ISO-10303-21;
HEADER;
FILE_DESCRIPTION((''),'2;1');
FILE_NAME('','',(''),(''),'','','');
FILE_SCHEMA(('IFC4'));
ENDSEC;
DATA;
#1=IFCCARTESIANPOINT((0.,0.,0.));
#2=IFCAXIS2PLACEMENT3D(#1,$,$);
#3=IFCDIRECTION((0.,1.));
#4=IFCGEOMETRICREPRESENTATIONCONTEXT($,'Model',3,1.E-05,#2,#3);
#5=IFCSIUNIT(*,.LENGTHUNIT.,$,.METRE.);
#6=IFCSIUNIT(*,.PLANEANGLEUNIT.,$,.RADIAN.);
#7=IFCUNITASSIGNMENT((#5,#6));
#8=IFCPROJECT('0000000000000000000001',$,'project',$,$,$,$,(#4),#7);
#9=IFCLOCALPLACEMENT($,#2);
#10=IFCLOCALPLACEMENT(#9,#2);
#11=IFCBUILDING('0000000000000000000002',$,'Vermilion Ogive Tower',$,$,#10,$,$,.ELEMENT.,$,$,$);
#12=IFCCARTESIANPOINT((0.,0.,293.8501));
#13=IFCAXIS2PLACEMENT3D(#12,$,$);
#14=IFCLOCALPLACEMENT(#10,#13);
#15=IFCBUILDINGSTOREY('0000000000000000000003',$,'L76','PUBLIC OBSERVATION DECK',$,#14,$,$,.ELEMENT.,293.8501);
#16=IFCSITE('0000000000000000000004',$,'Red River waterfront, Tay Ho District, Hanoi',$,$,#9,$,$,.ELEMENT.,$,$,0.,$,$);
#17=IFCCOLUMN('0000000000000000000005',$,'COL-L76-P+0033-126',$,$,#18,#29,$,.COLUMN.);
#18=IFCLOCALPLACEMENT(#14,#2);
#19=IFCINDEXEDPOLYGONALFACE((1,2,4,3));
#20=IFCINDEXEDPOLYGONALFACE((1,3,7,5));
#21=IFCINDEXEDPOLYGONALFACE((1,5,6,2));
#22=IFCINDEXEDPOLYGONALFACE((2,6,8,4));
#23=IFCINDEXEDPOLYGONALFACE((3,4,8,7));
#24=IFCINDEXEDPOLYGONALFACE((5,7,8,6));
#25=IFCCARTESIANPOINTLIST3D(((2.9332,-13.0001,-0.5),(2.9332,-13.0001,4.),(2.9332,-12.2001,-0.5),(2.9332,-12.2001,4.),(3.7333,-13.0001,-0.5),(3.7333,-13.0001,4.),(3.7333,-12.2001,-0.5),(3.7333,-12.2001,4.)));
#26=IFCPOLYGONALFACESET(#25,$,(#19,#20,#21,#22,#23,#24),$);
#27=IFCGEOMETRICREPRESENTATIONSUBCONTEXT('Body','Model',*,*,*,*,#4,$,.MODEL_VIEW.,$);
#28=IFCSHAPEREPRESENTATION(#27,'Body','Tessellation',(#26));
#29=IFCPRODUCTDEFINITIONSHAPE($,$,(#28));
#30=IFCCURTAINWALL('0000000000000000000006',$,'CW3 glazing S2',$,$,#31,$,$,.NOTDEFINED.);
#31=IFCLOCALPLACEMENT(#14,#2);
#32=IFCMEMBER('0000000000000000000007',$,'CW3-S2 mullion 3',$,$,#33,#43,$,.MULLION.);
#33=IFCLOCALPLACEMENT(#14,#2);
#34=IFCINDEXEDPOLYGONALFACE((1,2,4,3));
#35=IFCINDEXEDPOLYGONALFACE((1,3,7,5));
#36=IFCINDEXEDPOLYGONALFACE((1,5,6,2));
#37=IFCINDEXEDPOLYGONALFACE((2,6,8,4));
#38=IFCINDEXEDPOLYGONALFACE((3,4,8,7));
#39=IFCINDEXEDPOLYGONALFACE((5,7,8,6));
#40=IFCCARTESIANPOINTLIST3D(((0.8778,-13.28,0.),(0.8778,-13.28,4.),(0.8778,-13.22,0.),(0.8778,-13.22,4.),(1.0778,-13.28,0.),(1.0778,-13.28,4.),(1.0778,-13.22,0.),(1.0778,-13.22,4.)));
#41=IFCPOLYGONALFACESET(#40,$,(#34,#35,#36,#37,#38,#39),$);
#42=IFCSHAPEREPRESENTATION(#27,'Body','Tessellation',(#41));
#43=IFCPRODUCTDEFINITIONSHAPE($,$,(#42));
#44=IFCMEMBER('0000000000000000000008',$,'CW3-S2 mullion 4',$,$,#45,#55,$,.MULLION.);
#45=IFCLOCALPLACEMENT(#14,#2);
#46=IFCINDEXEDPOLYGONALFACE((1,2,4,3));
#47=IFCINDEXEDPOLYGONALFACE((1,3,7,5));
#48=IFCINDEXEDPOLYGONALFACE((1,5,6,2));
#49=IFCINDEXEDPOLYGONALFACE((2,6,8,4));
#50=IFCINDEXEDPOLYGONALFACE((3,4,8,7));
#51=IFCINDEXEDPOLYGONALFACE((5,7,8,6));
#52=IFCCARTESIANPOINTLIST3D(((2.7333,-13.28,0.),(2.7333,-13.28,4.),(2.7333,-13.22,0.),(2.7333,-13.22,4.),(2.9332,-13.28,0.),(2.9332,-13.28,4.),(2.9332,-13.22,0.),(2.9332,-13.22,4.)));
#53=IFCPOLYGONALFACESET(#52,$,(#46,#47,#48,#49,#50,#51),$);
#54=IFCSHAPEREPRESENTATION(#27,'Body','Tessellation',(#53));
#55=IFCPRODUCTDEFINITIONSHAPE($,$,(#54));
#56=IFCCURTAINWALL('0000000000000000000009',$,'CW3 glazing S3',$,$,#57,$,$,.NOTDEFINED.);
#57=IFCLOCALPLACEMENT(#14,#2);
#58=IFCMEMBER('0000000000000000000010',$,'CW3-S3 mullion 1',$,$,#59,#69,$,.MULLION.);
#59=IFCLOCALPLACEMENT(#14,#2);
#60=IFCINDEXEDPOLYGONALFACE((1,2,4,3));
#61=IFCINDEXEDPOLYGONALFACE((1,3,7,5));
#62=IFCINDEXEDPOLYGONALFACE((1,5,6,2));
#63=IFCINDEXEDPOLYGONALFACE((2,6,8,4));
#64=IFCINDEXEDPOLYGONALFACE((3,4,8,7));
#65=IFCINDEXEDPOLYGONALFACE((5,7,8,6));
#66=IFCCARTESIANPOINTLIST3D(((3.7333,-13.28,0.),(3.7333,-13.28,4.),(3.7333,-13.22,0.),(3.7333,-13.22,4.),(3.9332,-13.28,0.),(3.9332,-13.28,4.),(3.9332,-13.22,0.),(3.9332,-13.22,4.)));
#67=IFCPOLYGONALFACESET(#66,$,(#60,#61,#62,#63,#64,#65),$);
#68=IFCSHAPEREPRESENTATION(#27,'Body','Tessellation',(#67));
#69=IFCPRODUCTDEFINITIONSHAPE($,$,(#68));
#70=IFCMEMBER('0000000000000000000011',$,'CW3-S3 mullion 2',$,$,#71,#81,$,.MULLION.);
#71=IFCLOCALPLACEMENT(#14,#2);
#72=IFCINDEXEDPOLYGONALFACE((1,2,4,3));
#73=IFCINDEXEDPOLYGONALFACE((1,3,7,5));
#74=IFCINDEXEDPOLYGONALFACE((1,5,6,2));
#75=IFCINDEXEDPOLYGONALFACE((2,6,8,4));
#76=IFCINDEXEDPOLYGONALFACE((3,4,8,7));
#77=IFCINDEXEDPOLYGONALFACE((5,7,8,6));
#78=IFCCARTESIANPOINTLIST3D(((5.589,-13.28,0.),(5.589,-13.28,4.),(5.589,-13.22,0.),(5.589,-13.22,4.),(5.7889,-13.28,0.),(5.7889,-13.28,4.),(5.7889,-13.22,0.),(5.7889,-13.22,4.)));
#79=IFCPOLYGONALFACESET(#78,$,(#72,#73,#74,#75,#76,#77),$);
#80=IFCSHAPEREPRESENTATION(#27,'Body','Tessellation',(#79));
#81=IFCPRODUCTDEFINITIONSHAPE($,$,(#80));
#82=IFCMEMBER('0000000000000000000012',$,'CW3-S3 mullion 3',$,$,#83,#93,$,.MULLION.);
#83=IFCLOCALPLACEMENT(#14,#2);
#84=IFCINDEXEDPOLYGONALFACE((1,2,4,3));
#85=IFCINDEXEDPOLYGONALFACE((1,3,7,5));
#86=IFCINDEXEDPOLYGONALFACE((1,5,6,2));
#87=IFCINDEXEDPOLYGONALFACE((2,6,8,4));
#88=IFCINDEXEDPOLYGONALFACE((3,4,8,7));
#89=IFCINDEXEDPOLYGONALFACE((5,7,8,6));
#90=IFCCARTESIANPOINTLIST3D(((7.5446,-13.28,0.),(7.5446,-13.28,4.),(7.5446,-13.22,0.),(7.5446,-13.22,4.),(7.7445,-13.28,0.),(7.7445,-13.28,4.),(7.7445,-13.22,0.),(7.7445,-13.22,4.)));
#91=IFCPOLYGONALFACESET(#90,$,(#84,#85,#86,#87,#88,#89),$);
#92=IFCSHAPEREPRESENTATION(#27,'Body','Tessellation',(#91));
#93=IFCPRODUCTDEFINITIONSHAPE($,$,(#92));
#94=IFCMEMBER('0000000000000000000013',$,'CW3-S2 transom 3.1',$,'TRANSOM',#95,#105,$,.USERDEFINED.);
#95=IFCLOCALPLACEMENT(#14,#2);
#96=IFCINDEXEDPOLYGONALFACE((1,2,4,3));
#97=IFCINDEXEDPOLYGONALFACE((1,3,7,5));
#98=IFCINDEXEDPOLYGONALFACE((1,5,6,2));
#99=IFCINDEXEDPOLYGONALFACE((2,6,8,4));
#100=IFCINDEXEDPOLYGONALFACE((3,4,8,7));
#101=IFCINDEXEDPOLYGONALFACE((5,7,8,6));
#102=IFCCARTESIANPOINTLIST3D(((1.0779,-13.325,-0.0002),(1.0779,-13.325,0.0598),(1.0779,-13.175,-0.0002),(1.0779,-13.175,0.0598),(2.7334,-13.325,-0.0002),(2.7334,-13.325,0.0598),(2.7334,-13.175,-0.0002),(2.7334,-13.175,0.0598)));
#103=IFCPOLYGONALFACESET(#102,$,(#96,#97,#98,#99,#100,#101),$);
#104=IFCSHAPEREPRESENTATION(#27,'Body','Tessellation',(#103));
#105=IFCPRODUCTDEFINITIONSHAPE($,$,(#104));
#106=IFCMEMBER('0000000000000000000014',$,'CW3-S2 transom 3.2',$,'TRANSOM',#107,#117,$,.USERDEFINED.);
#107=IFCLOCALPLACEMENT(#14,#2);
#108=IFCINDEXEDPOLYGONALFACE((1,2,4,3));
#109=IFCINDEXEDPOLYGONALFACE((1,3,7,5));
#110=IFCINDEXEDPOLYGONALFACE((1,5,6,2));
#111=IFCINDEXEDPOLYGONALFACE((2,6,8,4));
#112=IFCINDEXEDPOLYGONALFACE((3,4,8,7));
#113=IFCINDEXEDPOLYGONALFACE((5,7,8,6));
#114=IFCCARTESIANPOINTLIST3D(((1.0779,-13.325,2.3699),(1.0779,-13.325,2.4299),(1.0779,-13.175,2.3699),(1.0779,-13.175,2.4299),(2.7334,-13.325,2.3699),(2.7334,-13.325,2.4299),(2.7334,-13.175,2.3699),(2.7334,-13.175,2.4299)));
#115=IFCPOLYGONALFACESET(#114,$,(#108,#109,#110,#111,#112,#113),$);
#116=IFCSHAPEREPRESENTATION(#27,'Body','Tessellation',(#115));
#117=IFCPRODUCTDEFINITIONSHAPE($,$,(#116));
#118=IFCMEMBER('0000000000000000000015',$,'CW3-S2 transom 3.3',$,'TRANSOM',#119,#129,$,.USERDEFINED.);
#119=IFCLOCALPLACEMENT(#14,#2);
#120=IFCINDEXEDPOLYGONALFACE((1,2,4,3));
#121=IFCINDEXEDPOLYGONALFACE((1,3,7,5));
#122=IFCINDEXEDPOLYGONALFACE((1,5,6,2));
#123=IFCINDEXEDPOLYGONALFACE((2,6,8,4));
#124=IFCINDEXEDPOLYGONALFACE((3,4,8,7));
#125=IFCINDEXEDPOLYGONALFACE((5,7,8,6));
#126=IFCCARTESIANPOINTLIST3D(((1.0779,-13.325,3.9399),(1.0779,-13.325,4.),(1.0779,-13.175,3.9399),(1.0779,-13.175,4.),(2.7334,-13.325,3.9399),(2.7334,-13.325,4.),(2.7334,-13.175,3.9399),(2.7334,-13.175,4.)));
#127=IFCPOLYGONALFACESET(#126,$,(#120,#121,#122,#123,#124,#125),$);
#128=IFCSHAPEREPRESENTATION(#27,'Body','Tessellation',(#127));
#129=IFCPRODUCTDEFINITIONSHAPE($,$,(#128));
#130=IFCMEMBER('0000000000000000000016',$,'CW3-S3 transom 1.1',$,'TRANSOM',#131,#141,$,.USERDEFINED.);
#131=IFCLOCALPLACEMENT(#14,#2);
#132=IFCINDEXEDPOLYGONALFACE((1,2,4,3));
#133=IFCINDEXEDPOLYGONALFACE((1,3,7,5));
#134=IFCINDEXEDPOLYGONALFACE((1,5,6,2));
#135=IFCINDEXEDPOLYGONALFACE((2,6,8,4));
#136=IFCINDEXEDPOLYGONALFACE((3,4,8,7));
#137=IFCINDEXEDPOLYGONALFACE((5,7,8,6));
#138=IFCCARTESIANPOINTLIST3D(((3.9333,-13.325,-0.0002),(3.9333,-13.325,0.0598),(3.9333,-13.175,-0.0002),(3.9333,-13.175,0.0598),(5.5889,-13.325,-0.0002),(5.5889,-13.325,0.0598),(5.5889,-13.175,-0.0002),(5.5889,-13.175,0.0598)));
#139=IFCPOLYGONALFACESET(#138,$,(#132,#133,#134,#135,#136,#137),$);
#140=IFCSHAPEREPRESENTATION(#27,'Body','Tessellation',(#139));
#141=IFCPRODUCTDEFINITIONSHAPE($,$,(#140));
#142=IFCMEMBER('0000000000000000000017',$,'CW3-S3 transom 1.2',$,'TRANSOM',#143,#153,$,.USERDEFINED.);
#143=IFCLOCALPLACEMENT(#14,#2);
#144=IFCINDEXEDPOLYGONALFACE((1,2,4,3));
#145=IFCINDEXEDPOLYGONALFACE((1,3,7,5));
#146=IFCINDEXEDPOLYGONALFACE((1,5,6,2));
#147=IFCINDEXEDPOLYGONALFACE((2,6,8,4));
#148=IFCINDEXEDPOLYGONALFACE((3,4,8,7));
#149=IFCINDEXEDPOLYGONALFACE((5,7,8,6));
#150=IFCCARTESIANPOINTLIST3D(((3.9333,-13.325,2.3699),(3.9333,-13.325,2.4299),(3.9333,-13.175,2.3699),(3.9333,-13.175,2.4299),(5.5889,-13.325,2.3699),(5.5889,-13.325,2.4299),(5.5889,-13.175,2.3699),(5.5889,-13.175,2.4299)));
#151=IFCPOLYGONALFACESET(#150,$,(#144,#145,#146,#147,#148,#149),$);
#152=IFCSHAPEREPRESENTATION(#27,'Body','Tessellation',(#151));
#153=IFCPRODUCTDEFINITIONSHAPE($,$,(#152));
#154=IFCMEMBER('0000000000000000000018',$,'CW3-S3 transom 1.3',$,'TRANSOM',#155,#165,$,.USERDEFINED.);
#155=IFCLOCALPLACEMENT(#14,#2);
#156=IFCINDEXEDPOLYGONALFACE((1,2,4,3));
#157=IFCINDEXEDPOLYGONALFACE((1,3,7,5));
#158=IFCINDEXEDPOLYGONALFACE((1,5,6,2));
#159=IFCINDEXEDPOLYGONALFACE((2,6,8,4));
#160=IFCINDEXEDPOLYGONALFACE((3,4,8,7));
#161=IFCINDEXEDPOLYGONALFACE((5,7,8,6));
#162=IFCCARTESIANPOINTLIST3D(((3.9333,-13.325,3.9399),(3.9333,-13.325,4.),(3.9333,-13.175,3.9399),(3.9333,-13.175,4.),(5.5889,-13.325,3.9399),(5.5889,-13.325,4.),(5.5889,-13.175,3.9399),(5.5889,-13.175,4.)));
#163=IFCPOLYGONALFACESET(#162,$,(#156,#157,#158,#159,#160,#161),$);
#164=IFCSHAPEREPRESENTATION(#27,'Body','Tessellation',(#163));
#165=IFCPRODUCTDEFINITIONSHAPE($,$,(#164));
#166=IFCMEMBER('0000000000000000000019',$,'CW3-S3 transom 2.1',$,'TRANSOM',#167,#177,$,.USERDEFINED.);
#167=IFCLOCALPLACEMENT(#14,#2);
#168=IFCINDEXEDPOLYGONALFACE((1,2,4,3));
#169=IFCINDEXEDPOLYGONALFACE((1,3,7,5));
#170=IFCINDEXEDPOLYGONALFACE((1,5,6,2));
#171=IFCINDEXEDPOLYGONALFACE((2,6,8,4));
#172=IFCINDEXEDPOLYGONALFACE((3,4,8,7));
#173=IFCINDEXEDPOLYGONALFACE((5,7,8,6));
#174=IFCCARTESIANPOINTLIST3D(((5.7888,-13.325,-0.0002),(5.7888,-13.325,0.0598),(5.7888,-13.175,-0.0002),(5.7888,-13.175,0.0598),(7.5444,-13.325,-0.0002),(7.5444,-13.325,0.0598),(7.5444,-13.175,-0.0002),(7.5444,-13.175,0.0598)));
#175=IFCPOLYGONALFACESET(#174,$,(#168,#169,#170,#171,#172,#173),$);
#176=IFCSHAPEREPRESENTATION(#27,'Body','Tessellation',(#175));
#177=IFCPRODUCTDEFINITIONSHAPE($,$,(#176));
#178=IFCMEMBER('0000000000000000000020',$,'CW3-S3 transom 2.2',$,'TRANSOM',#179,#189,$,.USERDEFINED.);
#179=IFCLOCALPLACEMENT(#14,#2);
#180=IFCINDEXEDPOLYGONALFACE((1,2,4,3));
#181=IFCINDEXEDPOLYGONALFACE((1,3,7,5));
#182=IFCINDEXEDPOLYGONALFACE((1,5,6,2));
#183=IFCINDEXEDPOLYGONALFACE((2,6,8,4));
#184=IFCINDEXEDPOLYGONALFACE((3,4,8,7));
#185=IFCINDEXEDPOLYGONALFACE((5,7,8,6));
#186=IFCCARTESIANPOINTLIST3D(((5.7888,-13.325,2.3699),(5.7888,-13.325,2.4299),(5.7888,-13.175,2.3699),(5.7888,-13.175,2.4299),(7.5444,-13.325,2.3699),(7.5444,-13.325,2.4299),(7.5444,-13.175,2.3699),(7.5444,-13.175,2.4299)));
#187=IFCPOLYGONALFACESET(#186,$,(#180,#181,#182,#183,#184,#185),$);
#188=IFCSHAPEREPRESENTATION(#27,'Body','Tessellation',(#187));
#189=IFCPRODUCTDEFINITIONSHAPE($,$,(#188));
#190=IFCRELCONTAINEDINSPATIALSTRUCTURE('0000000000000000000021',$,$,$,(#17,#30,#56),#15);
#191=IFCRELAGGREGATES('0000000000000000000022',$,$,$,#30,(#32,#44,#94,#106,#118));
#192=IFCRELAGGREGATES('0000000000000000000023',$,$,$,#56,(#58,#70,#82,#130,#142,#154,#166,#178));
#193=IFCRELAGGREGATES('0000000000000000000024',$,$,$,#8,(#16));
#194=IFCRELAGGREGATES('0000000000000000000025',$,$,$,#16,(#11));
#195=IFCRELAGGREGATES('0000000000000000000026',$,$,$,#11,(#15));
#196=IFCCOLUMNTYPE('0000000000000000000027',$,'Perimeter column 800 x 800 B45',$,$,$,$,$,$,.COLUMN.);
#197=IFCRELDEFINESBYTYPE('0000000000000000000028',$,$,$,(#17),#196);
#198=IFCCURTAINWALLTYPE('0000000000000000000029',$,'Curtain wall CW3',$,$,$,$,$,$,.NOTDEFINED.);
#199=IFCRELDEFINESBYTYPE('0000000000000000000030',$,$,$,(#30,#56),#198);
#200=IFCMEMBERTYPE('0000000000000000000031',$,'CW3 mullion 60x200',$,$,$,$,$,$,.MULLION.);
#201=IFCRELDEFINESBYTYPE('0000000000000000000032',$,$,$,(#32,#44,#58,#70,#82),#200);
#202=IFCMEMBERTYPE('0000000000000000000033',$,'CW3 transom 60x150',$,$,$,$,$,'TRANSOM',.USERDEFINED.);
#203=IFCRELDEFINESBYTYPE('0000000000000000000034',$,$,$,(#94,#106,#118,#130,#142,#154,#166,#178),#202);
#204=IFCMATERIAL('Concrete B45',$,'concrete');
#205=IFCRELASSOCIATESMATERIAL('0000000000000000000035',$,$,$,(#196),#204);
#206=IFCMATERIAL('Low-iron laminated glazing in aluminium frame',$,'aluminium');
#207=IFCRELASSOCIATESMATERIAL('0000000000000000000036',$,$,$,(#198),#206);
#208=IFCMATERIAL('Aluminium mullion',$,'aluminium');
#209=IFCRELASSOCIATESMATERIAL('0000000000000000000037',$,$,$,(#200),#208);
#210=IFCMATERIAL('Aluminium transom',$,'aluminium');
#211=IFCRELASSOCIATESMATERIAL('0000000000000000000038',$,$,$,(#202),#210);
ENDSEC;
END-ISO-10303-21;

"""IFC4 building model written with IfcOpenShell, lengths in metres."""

from ifc_helpers import new_model, si_unit, direction, frame, origin, origin_2d, place, context, subcontext, project, spatial, rectangle, extrude, material, material_profile, profile_set, type_object, element, aggregate, save


model = new_model("IFC4")

# Units and contexts
model_context = context("Model", 3, precision=1e-05, world=origin(), true_north=direction((0.0, 1.0)))
body_context = subcontext(model_context, "Body", "Model", "MODEL_VIEW")
ifc_project = project(units=[si_unit("LENGTHUNIT", "METRE"), si_unit("PLANEANGLEUNIT", "RADIAN")], contexts=[model_context])

# Site, building, storey
site_placement = place(None, origin())
site = spatial("IfcSite", under=ifc_project, at=site_placement, Name="Red River waterfront, Tay Ho District, Hanoi", CompositionType="ELEMENT", RefElevation=0.0)
building_placement = place(site_placement, origin())
building = spatial("IfcBuilding", under=site, at=building_placement, Name="Vermilion Ogive Tower", CompositionType="ELEMENT")
storey_placement = place(building_placement, frame((0.0, 0.0, 293.8501)))
storey = spatial("IfcBuildingStorey", under=building, at=storey_placement, Name="L76", Description="PUBLIC OBSERVATION DECK", CompositionType="ELEMENT", Elevation=293.8501)

# Column
ifc_material_1 = material(Name="Concrete B45", Category="concrete")
ifc_material_profile_1 = material_profile(ifc_material_1, rectangle(XDim=0.8, YDim=0.8, at=origin_2d()), Name="800 x 800")
ifc_profile_set_1 = profile_set([ifc_material_profile_1], Name="Concrete B45")
column_type = type_object("IfcColumnType", Name="Perimeter column 800 x 800 B45", PredefinedType="COLUMN", material=ifc_profile_set_1)
column_placement = place(storey_placement, frame((3.3333, -12.6001, -0.5), z_axis=(0.0, 0.0, 1.0), x_axis=(1.0, 0.0, 0.0)))
element("IfcColumn", 1, at=column_placement, inside=storey, type_object=column_type, Name="COL-L76-P+0033-126", PredefinedType="COLUMN", context=body_context, shape_type="SweptSolid", body=[
    extrude(rectangle(XDim=0.8, YDim=0.8, at=origin_2d()), origin(), (0.0, 0.0, 1.0), 4.5),
])

# Curtain walls, members
ifc_material_2 = material(Name="Low-iron laminated glazing in aluminium frame", Category="aluminium")
curtain_wall_type = type_object("IfcCurtainWallType", Name="Curtain wall CW3", PredefinedType="NOTDEFINED", material=ifc_material_2)
curtain_wall_1_placement = place(storey_placement, origin())
curtain_wall_1 = element("IfcCurtainWall", 2, at=curtain_wall_1_placement, inside=storey, type_object=curtain_wall_type, Name="CW3 glazing S2", PredefinedType="NOTDEFINED")
ifc_material_3 = material(Name="Aluminium mullion", Category="aluminium")
ifc_material_profile_2 = material_profile(ifc_material_3, rectangle(XDim=0.0601, YDim=0.2, at=origin_2d()), Name="AL 60x200")
ifc_profile_set_2 = profile_set([ifc_material_profile_2], Name="Aluminium mullion")
member_type_1 = type_object("IfcMemberType", Name="CW3 mullion 60x200", PredefinedType="MULLION", material=ifc_profile_set_2)
member_1_placement = place(storey_placement, frame((0.9778, -13.25, 0.0), z_axis=(0.0, 0.0, 1.0), x_axis=(0.0, 1.0, 0.0)))
member_1 = element("IfcMember", 3, at=member_1_placement, type_object=member_type_1, Name="CW3-S2 mullion 3", PredefinedType="MULLION", context=body_context, shape_type="SweptSolid", body=[
    extrude(rectangle(XDim=0.0601, YDim=0.2, at=origin_2d()), origin(), (0.0, 0.0, 1.0), 4.0),
])
member_2_placement = place(storey_placement, frame((2.8333, -13.25, 0.0), z_axis=(0.0, 0.0, 1.0), x_axis=(0.0, 1.0, 0.0)))
member_2 = element("IfcMember", 4, at=member_2_placement, type_object=member_type_1, Name="CW3-S2 mullion 4", PredefinedType="MULLION", context=body_context, shape_type="SweptSolid", body=[
    extrude(rectangle(XDim=0.0601, YDim=0.2, at=origin_2d()), origin(), (0.0, 0.0, 1.0), 4.0),
])
curtain_wall_2_placement = place(storey_placement, origin())
curtain_wall_2 = element("IfcCurtainWall", 5, at=curtain_wall_2_placement, inside=storey, type_object=curtain_wall_type, Name="CW3 glazing S3", PredefinedType="NOTDEFINED")
member_3_placement = place(storey_placement, frame((3.8333, -13.25, 0.0), z_axis=(0.0, 0.0, 1.0), x_axis=(0.0, 1.0, 0.0)))
member_3 = element("IfcMember", 6, at=member_3_placement, type_object=member_type_1, Name="CW3-S3 mullion 1", PredefinedType="MULLION", context=body_context, shape_type="SweptSolid", body=[
    extrude(rectangle(XDim=0.0601, YDim=0.2, at=origin_2d()), origin(), (0.0, 0.0, 1.0), 4.0),
])
member_4_placement = place(storey_placement, frame((5.689, -13.25, 0.0), z_axis=(0.0, 0.0, 1.0), x_axis=(0.0, 1.0, 0.0)))
member_4 = element("IfcMember", 7, at=member_4_placement, type_object=member_type_1, Name="CW3-S3 mullion 2", PredefinedType="MULLION", context=body_context, shape_type="SweptSolid", body=[
    extrude(rectangle(XDim=0.0601, YDim=0.2, at=origin_2d()), origin(), (0.0, 0.0, 1.0), 4.0),
])
member_5_placement = place(storey_placement, frame((7.6445, -13.25, 0.0), z_axis=(0.0, 0.0, 1.0), x_axis=(0.0, 1.0, 0.0)))
member_5 = element("IfcMember", 8, at=member_5_placement, type_object=member_type_1, Name="CW3-S3 mullion 3", PredefinedType="MULLION", context=body_context, shape_type="SweptSolid", body=[
    extrude(rectangle(XDim=0.0601, YDim=0.2, at=origin_2d()), origin(), (0.0, 0.0, 1.0), 4.0),
])

# Members
ifc_material_4 = material(Name="Aluminium transom", Category="aluminium")
ifc_material_profile_3 = material_profile(ifc_material_4, rectangle(XDim=0.1499, YDim=0.0601, at=origin_2d()), Name="AL 60x150")
ifc_profile_set_3 = profile_set([ifc_material_profile_3], Name="Aluminium transom")
member_type_2 = type_object("IfcMemberType", Name="CW3 transom 60x150", ElementType="TRANSOM", PredefinedType="USERDEFINED", material=ifc_profile_set_3)
member_6_placement = place(storey_placement, frame((1.0779, -13.25, 0.0298), z_axis=(1.0, 0.0, 0.0), x_axis=(0.0, 1.0, 0.0)))
member_6 = element("IfcMember", 9, at=member_6_placement, type_object=member_type_2, Name="CW3-S2 transom 3.1", ObjectType="TRANSOM", PredefinedType="USERDEFINED", context=body_context, shape_type="SweptSolid", body=[
    extrude(rectangle(XDim=0.1499, YDim=0.0601, at=origin_2d()), origin(), (0.0, 0.0, 1.0), 1.6555),
])
member_7_placement = place(storey_placement, frame((1.0779, -13.25, 2.3999), z_axis=(1.0, 0.0, 0.0), x_axis=(0.0, 1.0, 0.0)))
member_7 = element("IfcMember", 10, at=member_7_placement, type_object=member_type_2, Name="CW3-S2 transom 3.2", ObjectType="TRANSOM", PredefinedType="USERDEFINED", context=body_context, shape_type="SweptSolid", body=[
    extrude(rectangle(XDim=0.1499, YDim=0.0601, at=origin_2d()), origin(), (0.0, 0.0, 1.0), 1.6555),
])
member_8_placement = place(storey_placement, frame((1.0779, -13.25, 3.97), z_axis=(1.0, 0.0, 0.0), x_axis=(0.0, 1.0, 0.0)))
member_8 = element("IfcMember", 11, at=member_8_placement, type_object=member_type_2, Name="CW3-S2 transom 3.3", ObjectType="TRANSOM", PredefinedType="USERDEFINED", context=body_context, shape_type="SweptSolid", body=[
    extrude(rectangle(XDim=0.1499, YDim=0.0601, at=origin_2d()), origin(), (0.0, 0.0, 1.0), 1.6555),
])
member_9_placement = place(storey_placement, frame((3.9333, -13.25, 0.0298), z_axis=(1.0, 0.0, 0.0), x_axis=(0.0, 1.0, 0.0)))
member_9 = element("IfcMember", 12, at=member_9_placement, type_object=member_type_2, Name="CW3-S3 transom 1.1", ObjectType="TRANSOM", PredefinedType="USERDEFINED", context=body_context, shape_type="SweptSolid", body=[
    extrude(rectangle(XDim=0.1499, YDim=0.0601, at=origin_2d()), origin(), (0.0, 0.0, 1.0), 1.6555),
])
member_10_placement = place(storey_placement, frame((3.9333, -13.25, 2.3999), z_axis=(1.0, 0.0, 0.0), x_axis=(0.0, 1.0, 0.0)))
member_10 = element("IfcMember", 13, at=member_10_placement, type_object=member_type_2, Name="CW3-S3 transom 1.2", ObjectType="TRANSOM", PredefinedType="USERDEFINED", context=body_context, shape_type="SweptSolid", body=[
    extrude(rectangle(XDim=0.1499, YDim=0.0601, at=origin_2d()), origin(), (0.0, 0.0, 1.0), 1.6555),
])
member_11_placement = place(storey_placement, frame((3.9333, -13.25, 3.97), z_axis=(1.0, 0.0, 0.0), x_axis=(0.0, 1.0, 0.0)))
member_11 = element("IfcMember", 14, at=member_11_placement, type_object=member_type_2, Name="CW3-S3 transom 1.3", ObjectType="TRANSOM", PredefinedType="USERDEFINED", context=body_context, shape_type="SweptSolid", body=[
    extrude(rectangle(XDim=0.1499, YDim=0.0601, at=origin_2d()), origin(), (0.0, 0.0, 1.0), 1.6555),
])
member_12_placement = place(storey_placement, frame((5.7888, -13.25, 0.0298), z_axis=(1.0, 0.0, 0.0), x_axis=(0.0, 1.0, 0.0)))
member_12 = element("IfcMember", 15, at=member_12_placement, type_object=member_type_2, Name="CW3-S3 transom 2.1", ObjectType="TRANSOM", PredefinedType="USERDEFINED", context=body_context, shape_type="SweptSolid", body=[
    extrude(rectangle(XDim=0.1499, YDim=0.0601, at=origin_2d()), origin(), (0.0, 0.0, 1.0), 1.7556),
])
member_13_placement = place(storey_placement, frame((5.7888, -13.25, 2.3999), z_axis=(1.0, 0.0, 0.0), x_axis=(0.0, 1.0, 0.0)))
member_13 = element("IfcMember", 16, at=member_13_placement, type_object=member_type_2, Name="CW3-S3 transom 2.2", ObjectType="TRANSOM", PredefinedType="USERDEFINED", context=body_context, shape_type="SweptSolid", body=[
    extrude(rectangle(XDim=0.1499, YDim=0.0601, at=origin_2d()), origin(), (0.0, 0.0, 1.0), 1.7556),
])

aggregate(curtain_wall_1, [member_1, member_2, member_6, member_7, member_8])
aggregate(curtain_wall_2, [member_3, member_4, member_5, member_9, member_10, member_11, member_12, member_13])

save(model, "model.ifc")
